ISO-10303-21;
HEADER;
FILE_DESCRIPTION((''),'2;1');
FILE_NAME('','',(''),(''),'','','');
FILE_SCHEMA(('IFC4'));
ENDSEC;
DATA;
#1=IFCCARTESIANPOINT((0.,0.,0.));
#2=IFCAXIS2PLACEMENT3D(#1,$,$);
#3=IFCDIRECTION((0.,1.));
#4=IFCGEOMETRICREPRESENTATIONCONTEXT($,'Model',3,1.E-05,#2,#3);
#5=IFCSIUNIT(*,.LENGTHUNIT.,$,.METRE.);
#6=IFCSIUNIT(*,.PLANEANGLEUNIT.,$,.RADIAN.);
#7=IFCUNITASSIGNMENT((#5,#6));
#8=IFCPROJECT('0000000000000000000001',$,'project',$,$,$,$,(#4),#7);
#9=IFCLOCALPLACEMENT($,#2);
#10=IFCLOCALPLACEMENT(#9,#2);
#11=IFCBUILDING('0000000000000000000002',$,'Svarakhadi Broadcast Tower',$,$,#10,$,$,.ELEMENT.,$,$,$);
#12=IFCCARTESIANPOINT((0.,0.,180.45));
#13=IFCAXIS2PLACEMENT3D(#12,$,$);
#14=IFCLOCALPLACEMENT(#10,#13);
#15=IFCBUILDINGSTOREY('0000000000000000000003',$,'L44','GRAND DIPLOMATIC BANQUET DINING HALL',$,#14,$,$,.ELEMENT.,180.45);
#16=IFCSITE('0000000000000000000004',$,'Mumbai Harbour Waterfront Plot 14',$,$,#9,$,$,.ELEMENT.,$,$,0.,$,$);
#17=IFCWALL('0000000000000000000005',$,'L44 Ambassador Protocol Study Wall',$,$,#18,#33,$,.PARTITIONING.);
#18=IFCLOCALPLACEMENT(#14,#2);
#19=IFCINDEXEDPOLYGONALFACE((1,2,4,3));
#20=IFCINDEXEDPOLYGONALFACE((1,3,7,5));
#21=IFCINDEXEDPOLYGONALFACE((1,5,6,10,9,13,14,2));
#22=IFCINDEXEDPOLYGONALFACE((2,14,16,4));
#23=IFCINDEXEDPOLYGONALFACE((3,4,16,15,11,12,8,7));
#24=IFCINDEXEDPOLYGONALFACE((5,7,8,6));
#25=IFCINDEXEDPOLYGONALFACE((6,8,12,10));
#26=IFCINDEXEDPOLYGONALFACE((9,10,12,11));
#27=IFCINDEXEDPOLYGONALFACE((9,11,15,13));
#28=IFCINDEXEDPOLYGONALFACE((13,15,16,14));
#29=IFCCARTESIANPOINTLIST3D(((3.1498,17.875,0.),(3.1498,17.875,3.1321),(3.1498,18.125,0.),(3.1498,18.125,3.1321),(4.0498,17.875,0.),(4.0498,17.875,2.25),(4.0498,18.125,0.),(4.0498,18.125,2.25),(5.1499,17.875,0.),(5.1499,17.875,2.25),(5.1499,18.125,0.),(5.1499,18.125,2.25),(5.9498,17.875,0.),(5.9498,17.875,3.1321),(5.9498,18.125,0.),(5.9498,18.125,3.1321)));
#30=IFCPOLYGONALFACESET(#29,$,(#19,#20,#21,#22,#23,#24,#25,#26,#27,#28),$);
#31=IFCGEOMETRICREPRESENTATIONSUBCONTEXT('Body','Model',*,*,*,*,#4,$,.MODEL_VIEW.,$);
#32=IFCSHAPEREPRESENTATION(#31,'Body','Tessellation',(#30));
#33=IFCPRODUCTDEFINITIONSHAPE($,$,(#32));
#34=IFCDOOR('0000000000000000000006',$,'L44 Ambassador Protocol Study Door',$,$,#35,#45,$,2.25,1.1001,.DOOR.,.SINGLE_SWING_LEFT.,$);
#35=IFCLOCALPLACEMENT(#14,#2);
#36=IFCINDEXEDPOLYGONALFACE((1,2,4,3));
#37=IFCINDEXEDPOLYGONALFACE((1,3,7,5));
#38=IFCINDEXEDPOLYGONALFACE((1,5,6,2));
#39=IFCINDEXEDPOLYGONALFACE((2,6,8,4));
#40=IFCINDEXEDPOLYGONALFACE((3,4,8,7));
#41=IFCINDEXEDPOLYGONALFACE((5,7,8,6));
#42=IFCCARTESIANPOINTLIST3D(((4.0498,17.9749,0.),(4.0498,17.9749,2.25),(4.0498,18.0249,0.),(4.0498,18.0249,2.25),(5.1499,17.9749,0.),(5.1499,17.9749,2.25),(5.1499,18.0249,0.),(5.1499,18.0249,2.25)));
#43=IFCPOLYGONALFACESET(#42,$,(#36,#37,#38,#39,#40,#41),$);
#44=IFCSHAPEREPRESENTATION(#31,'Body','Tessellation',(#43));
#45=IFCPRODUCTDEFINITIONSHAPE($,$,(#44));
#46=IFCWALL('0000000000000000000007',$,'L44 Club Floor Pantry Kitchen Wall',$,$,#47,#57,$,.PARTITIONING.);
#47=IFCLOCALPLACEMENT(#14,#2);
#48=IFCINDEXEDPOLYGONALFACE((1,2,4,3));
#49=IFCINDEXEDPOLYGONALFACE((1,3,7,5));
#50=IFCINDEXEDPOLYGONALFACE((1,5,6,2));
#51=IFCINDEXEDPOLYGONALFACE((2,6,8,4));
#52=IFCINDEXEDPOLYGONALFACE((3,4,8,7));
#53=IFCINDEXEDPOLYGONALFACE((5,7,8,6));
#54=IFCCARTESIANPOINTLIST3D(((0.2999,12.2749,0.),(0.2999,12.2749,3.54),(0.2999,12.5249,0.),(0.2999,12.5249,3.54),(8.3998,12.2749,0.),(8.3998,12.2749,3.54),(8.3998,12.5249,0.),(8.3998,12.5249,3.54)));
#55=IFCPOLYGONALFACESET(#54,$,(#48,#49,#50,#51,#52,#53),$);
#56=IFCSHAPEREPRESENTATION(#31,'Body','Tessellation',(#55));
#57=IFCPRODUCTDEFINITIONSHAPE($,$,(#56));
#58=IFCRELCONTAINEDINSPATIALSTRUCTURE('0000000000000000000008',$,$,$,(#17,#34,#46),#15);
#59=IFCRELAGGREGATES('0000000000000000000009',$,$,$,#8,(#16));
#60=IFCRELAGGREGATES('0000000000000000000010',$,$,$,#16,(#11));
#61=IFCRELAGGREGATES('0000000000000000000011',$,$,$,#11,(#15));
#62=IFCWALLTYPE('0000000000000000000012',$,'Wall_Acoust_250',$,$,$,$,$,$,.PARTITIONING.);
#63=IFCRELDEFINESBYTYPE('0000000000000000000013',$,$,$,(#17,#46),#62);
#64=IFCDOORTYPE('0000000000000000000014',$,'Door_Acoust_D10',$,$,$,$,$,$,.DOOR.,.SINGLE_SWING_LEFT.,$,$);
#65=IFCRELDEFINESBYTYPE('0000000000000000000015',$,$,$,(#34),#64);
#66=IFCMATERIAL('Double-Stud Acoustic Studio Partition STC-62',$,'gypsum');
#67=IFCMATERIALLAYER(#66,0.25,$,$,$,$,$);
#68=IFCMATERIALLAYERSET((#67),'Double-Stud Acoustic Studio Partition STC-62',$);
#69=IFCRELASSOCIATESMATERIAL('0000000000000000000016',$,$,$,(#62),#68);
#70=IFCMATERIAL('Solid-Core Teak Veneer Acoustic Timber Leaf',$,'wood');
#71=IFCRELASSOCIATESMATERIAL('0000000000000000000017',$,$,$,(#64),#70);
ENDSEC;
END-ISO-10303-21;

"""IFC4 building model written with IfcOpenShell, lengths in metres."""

from ifc_helpers import new_model, si_unit, direction, frame, frame_2d, origin, place, context, subcontext, project, spatial, rectangle, extrude, material, layer, layer_set, type_object, element, fill, save


model = new_model("IFC4")

# Units and contexts
model_context = context("Model", 3, precision=1e-05, world=origin(), true_north=direction((0.0, 1.0)))
body_context = subcontext(model_context, "Body", "Model", "MODEL_VIEW")
ifc_project = project(units=[si_unit("LENGTHUNIT", "METRE"), si_unit("PLANEANGLEUNIT", "RADIAN")], contexts=[model_context])

# Site, building, storey
site_placement = place(None, origin())
site = spatial("IfcSite", under=ifc_project, at=site_placement, Name="Mumbai Harbour Waterfront Plot 14", CompositionType="ELEMENT", RefElevation=0.0)
building_placement = place(site_placement, origin())
building = spatial("IfcBuilding", under=site, at=building_placement, Name="Svarakhadi Broadcast Tower", CompositionType="ELEMENT")
storey_placement = place(building_placement, frame((0.0, 0.0, 180.45)))
storey = spatial("IfcBuildingStorey", under=building, at=storey_placement, Name="L44", Description="GRAND DIPLOMATIC BANQUET DINING HALL", CompositionType="ELEMENT", Elevation=180.45)

# Shared definitions
ifc_material_1 = material(Name="Double-Stud Acoustic Studio Partition STC-62", Category="gypsum")
ifc_layer_1 = layer(ifc_material_1, 0.25)
ifc_layer_set_1 = layer_set([ifc_layer_1], Name="Double-Stud Acoustic Studio Partition STC-62")
wall_type = type_object("IfcWallType", Name="Wall_Acoust_250", PredefinedType="PARTITIONING", material=ifc_layer_set_1)
ifc_material_2 = material(Name="Solid-Core Teak Veneer Acoustic Timber Leaf", Category="wood")

# Wall, opening, door
wall_1_placement = place(storey_placement, frame((3.1499, 18.0, 0.0), z_axis=(0.0, 0.0, 1.0), x_axis=(1.0, 0.0, 0.0)))
wall_1 = element("IfcWall", 1, at=wall_1_placement, inside=storey, type_object=wall_type, Name="L44 Ambassador Protocol Study Wall", PredefinedType="PARTITIONING", context=body_context, shape_type="SweptSolid", body=[
    extrude(rectangle(XDim=2.8, YDim=0.25, at=frame_2d((1.3999, 0.0))), origin(), (0.0, 0.0, 1.0), 3.1321),
])
opening_1_placement = place(wall_1_placement, frame((0.8999, 0.0, 0.0)))
opening_1 = element("IfcOpeningElement", 2, at=opening_1_placement, cuts=wall_1, PredefinedType="OPENING", context=body_context, shape_type="SweptSolid", body=[
    extrude(rectangle(XDim=1.1001, YDim=2.25, at=frame_2d((0.55, 1.125))), frame((0.0, 0.135, 0.0), z_axis=(0.0, -1.0, 0.0), x_axis=(1.0, 0.0, 0.0)), (0.0, 0.0, 1.0), 0.27),
])
door_type_1 = type_object("IfcDoorType", Name="Door_Acoust_D10", OperationType="SINGLE_SWING_LEFT", PredefinedType="DOOR", material=ifc_material_2)
door_1_placement = place(opening_1_placement, origin())
door_1 = element("IfcDoor", 3, at=door_1_placement, inside=storey, type_object=door_type_1, Name="L44 Ambassador Protocol Study Door", OperationType="SINGLE_SWING_LEFT", OverallHeight=2.25, OverallWidth=1.1001, PredefinedType="DOOR", context=body_context, shape_type="SweptSolid", body=[
    extrude(rectangle(XDim=1.1001, YDim=2.25, at=frame_2d((0.55, 1.125))), frame((0.0, 0.0249, 0.0), z_axis=(0.0, -1.0, 0.0), x_axis=(1.0, 0.0, 0.0)), (0.0, 0.0, 1.0), 0.05),
])
fill(opening_1, door_1)

# Wall
wall_2_placement = place(storey_placement, frame((0.3, 12.3999, 0.0), z_axis=(0.0, 0.0, 1.0), x_axis=(1.0, 0.0, 0.0)))
element("IfcWall", 4, at=wall_2_placement, inside=storey, type_object=wall_type, Name="L44 Club Floor Pantry Kitchen Wall", PredefinedType="PARTITIONING", context=body_context, shape_type="SweptSolid", body=[
    extrude(rectangle(XDim=8.0999, YDim=0.25, at=frame_2d((4.0498, 0.0))), origin(), (0.0, 0.0, 1.0), 3.54),
])

save(model, "model.ifc")
